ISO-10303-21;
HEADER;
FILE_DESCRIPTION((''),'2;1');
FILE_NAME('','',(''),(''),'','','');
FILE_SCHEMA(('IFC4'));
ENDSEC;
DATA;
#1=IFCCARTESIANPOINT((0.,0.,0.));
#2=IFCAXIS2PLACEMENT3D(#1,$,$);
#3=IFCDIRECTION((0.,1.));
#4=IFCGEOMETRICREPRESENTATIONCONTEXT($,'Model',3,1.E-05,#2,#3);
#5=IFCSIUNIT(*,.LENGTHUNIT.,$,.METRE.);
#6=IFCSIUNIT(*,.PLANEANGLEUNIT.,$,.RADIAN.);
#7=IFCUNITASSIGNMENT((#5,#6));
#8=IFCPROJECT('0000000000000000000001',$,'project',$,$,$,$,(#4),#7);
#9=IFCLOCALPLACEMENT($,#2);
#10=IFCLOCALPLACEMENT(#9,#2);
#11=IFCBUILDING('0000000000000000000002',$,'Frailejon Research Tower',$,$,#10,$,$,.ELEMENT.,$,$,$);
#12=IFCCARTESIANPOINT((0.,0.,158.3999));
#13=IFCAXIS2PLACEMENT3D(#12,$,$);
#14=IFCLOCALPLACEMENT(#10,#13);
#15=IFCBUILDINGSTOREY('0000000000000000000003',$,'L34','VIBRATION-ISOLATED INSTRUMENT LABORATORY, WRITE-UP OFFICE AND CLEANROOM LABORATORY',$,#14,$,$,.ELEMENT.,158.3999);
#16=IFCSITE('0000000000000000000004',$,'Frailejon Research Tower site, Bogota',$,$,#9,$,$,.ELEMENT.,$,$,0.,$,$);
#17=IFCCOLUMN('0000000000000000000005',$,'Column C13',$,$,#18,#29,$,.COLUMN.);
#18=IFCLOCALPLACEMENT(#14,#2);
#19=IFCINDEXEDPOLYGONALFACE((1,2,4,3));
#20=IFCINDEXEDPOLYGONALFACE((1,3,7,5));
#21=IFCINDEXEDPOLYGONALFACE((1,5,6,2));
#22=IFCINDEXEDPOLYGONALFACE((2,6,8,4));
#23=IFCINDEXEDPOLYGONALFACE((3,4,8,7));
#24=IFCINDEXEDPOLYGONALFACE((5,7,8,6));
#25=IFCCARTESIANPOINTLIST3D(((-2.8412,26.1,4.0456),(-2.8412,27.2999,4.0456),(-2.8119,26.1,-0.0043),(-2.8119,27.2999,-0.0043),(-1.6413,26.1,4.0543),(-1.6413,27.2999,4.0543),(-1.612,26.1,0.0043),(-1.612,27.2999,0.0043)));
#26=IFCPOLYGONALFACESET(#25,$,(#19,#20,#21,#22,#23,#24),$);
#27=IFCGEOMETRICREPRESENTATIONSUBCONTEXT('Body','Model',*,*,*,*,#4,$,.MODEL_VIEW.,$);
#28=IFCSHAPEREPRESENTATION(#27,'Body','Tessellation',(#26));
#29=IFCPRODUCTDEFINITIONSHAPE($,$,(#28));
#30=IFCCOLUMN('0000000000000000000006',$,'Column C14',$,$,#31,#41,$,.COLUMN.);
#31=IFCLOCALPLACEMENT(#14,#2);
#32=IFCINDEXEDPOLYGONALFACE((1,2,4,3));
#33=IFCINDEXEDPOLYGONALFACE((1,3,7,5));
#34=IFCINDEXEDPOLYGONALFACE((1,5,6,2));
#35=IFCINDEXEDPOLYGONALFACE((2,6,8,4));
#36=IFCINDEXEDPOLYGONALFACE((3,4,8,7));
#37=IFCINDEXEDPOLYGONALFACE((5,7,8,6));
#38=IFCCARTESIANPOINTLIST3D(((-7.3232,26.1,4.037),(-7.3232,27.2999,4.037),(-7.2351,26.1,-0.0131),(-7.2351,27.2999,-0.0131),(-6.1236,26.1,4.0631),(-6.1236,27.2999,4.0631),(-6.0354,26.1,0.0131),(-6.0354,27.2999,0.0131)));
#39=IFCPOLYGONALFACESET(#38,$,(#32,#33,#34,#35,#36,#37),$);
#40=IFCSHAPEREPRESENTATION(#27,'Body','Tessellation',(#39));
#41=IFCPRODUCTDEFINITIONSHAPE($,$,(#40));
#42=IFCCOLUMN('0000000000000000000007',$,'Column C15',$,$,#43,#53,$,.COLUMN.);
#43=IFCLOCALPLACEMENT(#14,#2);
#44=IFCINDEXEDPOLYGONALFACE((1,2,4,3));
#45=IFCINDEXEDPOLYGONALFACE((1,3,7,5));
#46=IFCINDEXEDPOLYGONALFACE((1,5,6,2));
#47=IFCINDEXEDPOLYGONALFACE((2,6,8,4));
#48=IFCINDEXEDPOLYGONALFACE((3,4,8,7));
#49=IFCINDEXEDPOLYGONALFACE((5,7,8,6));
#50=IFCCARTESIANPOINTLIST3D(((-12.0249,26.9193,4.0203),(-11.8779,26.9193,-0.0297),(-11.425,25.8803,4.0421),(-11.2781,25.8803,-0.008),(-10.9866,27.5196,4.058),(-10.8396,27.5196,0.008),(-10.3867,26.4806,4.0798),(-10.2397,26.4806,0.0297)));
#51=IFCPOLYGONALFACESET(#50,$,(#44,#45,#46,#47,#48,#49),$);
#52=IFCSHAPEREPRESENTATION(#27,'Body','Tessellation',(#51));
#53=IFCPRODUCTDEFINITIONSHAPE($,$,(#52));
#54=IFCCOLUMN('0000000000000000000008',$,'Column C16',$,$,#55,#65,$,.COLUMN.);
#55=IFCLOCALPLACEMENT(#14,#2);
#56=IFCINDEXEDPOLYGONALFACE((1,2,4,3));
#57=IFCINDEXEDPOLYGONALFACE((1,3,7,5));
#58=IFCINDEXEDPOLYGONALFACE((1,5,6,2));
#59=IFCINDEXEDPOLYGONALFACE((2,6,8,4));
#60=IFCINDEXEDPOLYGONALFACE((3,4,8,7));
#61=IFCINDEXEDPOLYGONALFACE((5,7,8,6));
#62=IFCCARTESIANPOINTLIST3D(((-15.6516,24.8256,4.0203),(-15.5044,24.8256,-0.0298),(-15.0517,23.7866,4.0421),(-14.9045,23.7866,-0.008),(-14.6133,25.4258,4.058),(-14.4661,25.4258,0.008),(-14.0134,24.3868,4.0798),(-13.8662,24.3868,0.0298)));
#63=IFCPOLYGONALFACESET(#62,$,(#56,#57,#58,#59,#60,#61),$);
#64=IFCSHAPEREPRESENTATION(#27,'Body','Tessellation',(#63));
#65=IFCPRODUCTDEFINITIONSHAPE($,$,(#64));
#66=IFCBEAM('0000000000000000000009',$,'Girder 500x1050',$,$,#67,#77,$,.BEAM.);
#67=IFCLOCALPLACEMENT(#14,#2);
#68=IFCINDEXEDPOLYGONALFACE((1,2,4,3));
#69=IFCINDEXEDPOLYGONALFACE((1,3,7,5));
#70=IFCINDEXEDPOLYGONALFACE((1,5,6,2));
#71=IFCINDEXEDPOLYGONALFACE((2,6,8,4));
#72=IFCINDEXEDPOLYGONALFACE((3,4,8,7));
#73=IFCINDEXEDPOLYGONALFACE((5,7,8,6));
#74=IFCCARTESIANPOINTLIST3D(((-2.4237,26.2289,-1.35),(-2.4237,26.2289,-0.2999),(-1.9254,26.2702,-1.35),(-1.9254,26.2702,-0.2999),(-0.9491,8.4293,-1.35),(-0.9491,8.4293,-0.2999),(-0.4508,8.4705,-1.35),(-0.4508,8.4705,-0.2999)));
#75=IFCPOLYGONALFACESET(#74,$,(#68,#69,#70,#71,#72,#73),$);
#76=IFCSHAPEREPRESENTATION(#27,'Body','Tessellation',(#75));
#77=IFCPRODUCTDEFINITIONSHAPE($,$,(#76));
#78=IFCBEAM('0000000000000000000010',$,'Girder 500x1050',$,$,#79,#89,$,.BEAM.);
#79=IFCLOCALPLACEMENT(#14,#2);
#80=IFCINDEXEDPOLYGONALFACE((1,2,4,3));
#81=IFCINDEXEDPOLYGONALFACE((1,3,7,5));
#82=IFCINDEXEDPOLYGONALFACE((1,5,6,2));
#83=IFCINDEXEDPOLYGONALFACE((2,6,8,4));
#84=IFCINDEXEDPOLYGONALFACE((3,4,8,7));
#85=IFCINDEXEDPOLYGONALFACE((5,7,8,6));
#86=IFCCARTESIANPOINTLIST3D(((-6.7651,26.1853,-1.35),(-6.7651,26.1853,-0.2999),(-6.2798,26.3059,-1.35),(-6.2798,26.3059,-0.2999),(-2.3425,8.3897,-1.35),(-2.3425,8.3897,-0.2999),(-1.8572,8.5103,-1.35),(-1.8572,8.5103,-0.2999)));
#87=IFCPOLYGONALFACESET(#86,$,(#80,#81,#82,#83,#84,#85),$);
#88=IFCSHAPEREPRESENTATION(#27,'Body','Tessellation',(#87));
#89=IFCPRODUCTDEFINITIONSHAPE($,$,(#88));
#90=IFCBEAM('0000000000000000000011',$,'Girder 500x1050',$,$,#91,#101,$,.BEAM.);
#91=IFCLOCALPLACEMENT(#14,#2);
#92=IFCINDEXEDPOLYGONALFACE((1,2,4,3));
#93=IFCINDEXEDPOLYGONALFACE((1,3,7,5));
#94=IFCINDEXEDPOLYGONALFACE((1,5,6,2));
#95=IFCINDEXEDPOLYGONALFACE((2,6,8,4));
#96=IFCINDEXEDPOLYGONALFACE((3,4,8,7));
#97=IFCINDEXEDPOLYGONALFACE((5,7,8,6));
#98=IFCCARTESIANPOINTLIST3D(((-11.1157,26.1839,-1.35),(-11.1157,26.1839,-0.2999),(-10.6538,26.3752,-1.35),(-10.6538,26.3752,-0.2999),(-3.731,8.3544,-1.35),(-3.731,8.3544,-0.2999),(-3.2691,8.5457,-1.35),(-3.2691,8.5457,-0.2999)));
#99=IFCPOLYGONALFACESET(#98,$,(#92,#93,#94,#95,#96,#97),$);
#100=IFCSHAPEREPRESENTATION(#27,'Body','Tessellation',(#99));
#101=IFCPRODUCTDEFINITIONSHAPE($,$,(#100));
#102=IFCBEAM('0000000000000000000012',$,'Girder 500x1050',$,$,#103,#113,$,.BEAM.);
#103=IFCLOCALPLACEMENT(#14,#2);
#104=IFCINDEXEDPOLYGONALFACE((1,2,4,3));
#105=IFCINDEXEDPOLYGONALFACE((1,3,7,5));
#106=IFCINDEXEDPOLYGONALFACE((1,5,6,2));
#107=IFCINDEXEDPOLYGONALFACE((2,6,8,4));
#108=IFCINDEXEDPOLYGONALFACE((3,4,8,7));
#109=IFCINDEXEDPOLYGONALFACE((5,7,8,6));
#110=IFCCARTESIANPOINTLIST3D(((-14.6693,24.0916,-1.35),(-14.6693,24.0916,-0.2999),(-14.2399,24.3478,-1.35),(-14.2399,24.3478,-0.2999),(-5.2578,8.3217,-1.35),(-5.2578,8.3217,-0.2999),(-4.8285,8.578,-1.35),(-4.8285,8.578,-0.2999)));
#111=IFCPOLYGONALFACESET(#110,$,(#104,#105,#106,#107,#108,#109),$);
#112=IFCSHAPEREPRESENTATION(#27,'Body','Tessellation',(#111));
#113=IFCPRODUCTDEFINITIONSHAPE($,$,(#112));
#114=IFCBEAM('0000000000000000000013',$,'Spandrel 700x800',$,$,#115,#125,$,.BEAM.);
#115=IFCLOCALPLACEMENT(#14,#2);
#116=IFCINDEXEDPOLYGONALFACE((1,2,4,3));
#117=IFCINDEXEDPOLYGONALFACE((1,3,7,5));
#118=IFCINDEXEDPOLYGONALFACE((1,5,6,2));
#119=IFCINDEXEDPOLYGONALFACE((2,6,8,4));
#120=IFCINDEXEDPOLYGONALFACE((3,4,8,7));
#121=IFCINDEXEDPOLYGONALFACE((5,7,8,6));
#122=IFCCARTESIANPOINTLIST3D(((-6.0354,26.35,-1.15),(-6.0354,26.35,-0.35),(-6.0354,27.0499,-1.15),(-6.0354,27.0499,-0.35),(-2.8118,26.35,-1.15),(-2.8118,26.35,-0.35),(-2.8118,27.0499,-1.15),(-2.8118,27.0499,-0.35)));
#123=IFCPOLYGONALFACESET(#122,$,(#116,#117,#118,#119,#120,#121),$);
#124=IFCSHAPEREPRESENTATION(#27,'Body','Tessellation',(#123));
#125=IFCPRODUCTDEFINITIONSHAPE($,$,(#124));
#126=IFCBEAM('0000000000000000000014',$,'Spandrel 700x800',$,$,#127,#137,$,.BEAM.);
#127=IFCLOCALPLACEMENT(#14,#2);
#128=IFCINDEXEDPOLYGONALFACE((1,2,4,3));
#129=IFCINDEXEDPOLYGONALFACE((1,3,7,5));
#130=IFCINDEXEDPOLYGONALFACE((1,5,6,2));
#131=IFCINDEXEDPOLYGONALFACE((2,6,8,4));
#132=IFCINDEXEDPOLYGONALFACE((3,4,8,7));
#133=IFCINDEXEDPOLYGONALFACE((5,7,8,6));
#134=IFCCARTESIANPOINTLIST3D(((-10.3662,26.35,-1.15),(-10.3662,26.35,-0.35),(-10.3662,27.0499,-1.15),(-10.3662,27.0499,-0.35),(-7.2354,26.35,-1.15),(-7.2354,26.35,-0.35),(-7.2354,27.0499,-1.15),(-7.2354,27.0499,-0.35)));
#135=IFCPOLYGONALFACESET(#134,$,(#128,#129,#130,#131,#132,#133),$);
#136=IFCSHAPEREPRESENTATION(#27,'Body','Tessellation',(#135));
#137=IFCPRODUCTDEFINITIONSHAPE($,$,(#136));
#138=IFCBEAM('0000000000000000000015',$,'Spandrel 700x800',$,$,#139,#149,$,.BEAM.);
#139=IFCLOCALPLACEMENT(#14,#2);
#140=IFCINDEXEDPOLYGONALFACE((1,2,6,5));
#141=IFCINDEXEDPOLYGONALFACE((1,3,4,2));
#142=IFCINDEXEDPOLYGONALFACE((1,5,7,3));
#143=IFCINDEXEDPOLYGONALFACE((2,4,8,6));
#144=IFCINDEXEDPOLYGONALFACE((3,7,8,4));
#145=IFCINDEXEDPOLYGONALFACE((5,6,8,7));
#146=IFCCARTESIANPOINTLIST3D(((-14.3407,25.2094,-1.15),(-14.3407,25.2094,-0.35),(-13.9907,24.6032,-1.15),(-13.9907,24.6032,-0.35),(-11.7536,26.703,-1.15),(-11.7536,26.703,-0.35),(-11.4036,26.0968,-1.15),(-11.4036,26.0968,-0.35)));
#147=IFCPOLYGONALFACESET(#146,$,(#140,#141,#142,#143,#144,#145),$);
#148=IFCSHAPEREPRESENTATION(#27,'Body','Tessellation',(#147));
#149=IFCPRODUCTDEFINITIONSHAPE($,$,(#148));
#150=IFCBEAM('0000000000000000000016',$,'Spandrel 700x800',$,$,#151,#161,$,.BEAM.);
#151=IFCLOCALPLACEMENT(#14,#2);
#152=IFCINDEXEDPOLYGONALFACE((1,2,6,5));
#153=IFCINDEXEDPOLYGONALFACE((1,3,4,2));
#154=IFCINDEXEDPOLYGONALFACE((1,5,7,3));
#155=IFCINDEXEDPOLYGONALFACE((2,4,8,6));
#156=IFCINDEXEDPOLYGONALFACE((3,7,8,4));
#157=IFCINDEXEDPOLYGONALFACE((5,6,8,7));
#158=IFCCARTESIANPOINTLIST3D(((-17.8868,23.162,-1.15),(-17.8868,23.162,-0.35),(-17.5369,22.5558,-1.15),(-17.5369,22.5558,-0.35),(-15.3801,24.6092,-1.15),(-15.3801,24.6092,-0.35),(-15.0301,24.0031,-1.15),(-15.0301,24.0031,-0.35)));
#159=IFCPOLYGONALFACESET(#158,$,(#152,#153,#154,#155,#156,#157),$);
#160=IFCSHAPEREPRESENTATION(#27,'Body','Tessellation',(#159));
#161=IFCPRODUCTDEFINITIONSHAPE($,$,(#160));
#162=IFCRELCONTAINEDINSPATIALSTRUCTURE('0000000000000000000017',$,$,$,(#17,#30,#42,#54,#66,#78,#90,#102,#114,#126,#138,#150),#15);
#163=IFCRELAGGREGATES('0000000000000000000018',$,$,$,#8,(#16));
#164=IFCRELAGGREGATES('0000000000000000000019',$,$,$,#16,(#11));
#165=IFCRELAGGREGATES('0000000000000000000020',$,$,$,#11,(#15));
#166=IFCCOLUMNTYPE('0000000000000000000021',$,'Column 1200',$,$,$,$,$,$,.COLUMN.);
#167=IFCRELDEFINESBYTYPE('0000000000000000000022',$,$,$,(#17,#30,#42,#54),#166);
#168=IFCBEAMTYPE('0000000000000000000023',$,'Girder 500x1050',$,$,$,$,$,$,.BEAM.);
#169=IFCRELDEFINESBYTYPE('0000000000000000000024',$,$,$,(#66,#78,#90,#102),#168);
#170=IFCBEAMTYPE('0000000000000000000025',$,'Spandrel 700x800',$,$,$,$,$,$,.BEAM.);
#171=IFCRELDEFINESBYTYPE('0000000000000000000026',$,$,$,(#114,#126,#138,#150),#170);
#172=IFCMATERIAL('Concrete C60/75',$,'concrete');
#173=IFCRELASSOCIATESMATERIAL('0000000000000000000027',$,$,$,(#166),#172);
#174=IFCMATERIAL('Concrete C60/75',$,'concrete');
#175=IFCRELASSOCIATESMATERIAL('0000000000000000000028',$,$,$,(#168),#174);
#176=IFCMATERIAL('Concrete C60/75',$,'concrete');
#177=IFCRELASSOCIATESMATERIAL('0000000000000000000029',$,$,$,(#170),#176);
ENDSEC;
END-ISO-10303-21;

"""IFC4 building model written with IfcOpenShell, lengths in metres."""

from ifc_helpers import new_model, si_unit, direction, frame, origin, origin_2d, place, context, subcontext, project, spatial, rectangle, extrude, material, material_profile, profile_set, type_object, element, save


model = new_model("IFC4")

# Units and contexts
model_context = context("Model", 3, precision=1e-05, world=origin(), true_north=direction((0.0, 1.0)))
body_context = subcontext(model_context, "Body", "Model", "MODEL_VIEW")
ifc_project = project(units=[si_unit("LENGTHUNIT", "METRE"), si_unit("PLANEANGLEUNIT", "RADIAN")], contexts=[model_context])

# Site, building, storey
site_placement = place(None, origin())
site = spatial("IfcSite", under=ifc_project, at=site_placement, Name="Frailejon Research Tower site, Bogota", CompositionType="ELEMENT", RefElevation=0.0)
building_placement = place(site_placement, origin())
building = spatial("IfcBuilding", under=site, at=building_placement, Name="Frailejon Research Tower", CompositionType="ELEMENT")
storey_placement = place(building_placement, frame((0.0, 0.0, 158.3999)))
storey = spatial("IfcBuildingStorey", under=building, at=storey_placement, Name="L34", Description="VIBRATION-ISOLATED INSTRUMENT LABORATORY, WRITE-UP OFFICE AND CLEANROOM LABORATORY", CompositionType="ELEMENT", Elevation=158.3999)

# Columns
ifc_material_1 = material(Name="Concrete C60/75", Category="concrete")
ifc_material_profile_1 = material_profile(ifc_material_1, rectangle(XDim=1.2, YDim=1.2, at=origin_2d()), Name="Column 1200")
ifc_profile_set_1 = profile_set([ifc_material_profile_1], Name="Concrete C60/75")
column_type = type_object("IfcColumnType", Name="Column 1200", PredefinedType="COLUMN", material=ifc_profile_set_1)
column_1_placement = place(storey_placement, frame((-2.2119, 26.7, 0.0), z_axis=(-0.007234, 0.0, 0.999974), x_axis=(-0.999974, 0.0, -0.007234)))
element("IfcColumn", 1, at=column_1_placement, inside=storey, type_object=column_type, Name="Column C13", PredefinedType="COLUMN", context=body_context, shape_type="SweptSolid", body=[
    extrude(rectangle(XDim=1.2, YDim=1.2, at=origin_2d()), origin(), (0.0, 0.0, 1.0), 4.05),
])
column_2_placement = place(storey_placement, frame((-6.6353, 26.7, 0.0), z_axis=(-0.021756, 0.0, 0.999763), x_axis=(-0.999763, 0.0, -0.021756)))
element("IfcColumn", 2, at=column_2_placement, inside=storey, type_object=column_type, Name="Column C14", PredefinedType="COLUMN", context=body_context, shape_type="SweptSolid", body=[
    extrude(rectangle(XDim=1.2, YDim=1.2, at=origin_2d()), origin(), (0.0, 0.0, 1.0), 4.051),
])
for number, where, z_axis, x_axis, name in (
    (3, (-11.0588, 26.7, 0.0), (-0.036265, 0.0, 0.999342), (-0.865314, -0.500246, -0.031401), "Column C15"),
    (4, (-14.6853, 24.6062, 0.0), (-0.036325, 0.0, 0.99934), (-0.865312, -0.500246, -0.031454), "Column C16"),
):
    element("IfcColumn", number, at=place(storey_placement, frame(where, z_axis=z_axis, x_axis=x_axis)), inside=storey, type_object=column_type, Name=name, PredefinedType="COLUMN", context=body_context, shape_type="SweptSolid", body=[
        extrude(rectangle(XDim=1.2, YDim=1.2, at=origin_2d()), origin(), (0.0, 0.0, 1.0), 4.0527),
    ])

# Beams
ifc_material_2 = material(Name="Concrete C60/75", Category="concrete")
ifc_material_profile_2 = material_profile(ifc_material_2, rectangle(XDim=0.5, YDim=1.05, at=origin_2d()), Name="Girder 500x1050")
ifc_profile_set_2 = profile_set([ifc_material_profile_2], Name="Concrete C60/75")
beam_type_1 = type_object("IfcBeamType", Name="Girder 500x1050", PredefinedType="BEAM", material=ifc_profile_set_2)
beam_1_placement = place(storey_placement, frame((-2.1746, 26.2495, -0.825), z_axis=(0.082562, -0.996586, 0.0), x_axis=(0.996586, 0.082562, 0.0)))
element("IfcBeam", 5, at=beam_1_placement, inside=storey, type_object=beam_type_1, Name="Girder 500x1050", PredefinedType="BEAM", context=body_context, shape_type="SweptSolid", body=[
    extrude(rectangle(XDim=0.5, YDim=1.05, at=origin_2d()), origin(), (0.0, 0.0, 1.0), 17.8606),
])
beam_2_placement = place(storey_placement, frame((-6.5225, 26.2456, -0.825), z_axis=(0.241185, -0.970479, 0.0), x_axis=(0.970479, 0.241185, 0.0)))
element("IfcBeam", 6, at=beam_2_placement, inside=storey, type_object=beam_type_1, Name="Girder 500x1050", PredefinedType="BEAM", context=body_context, shape_type="SweptSolid", body=[
    extrude(rectangle(XDim=0.5, YDim=1.05, at=origin_2d()), origin(), (0.0, 0.0, 1.0), 18.3369),
])
beam_3_placement = place(storey_placement, frame((-10.8848, 26.2795, -0.825), z_axis=(0.382662, -0.923889, 0.0), x_axis=(0.923889, 0.382662, 0.0)))
element("IfcBeam", 7, at=beam_3_placement, inside=storey, type_object=beam_type_1, Name="Girder 500x1050", PredefinedType="BEAM", context=body_context, shape_type="SweptSolid", body=[
    extrude(rectangle(XDim=0.5, YDim=1.05, at=origin_2d()), origin(), (0.0, 0.0, 1.0), 19.2983),
])
beam_4_placement = place(storey_placement, frame((-14.4546, 24.2197, -0.825), z_axis=(0.512473, -0.858703, 0.0), x_axis=(0.858703, 0.512473, 0.0)))
element("IfcBeam", 8, at=beam_4_placement, inside=storey, type_object=beam_type_1, Name="Girder 500x1050", PredefinedType="BEAM", context=body_context, shape_type="SweptSolid", body=[
    extrude(rectangle(XDim=0.5, YDim=1.05, at=origin_2d()), origin(), (0.0, 0.0, 1.0), 18.3647),
])
ifc_material_3 = material(Name="Concrete C60/75", Category="concrete")
ifc_material_profile_3 = material_profile(ifc_material_3, rectangle(XDim=0.7, YDim=0.8, at=origin_2d()), Name="Spandrel 700x800")
ifc_profile_set_3 = profile_set([ifc_material_profile_3], Name="Concrete C60/75")
beam_type_2 = type_object("IfcBeamType", Name="Spandrel 700x800", PredefinedType="BEAM", material=ifc_profile_set_3)
beam_5_placement = place(storey_placement, frame((-2.8118, 26.7, -0.75), z_axis=(-1.0, 0.0, 0.0), x_axis=(0.0, -1.0, 0.0)))
element("IfcBeam", 9, at=beam_5_placement, inside=storey, type_object=beam_type_2, Name="Spandrel 700x800", PredefinedType="BEAM", context=body_context, shape_type="SweptSolid", body=[
    extrude(rectangle(XDim=0.7, YDim=0.8, at=origin_2d()), origin(), (0.0, 0.0, 1.0), 3.2236),
])
beam_6_placement = place(storey_placement, frame((-7.2354, 26.7, -0.75), z_axis=(-1.0, 0.0, 0.0), x_axis=(0.0, -1.0, 0.0)))
element("IfcBeam", 10, at=beam_6_placement, inside=storey, type_object=beam_type_2, Name="Spandrel 700x800", PredefinedType="BEAM", context=body_context, shape_type="SweptSolid", body=[
    extrude(rectangle(XDim=0.7, YDim=0.8, at=origin_2d()), origin(), (0.0, 0.0, 1.0), 3.1309),
])
beam_7_placement = place(storey_placement, frame((-11.5786, 26.3999, -0.75), z_axis=(-0.866032, -0.499989, 0.0), x_axis=(0.499989, -0.866032, 0.0)))
element("IfcBeam", 11, at=beam_7_placement, inside=storey, type_object=beam_type_2, Name="Spandrel 700x800", PredefinedType="BEAM", context=body_context, shape_type="SweptSolid", body=[
    extrude(rectangle(XDim=0.7, YDim=0.8, at=origin_2d()), origin(), (0.0, 0.0, 1.0), 2.9873),
])
beam_8_placement = place(storey_placement, frame((-15.2051, 24.3062, -0.75), z_axis=(-0.866034, -0.499985, 0.0), x_axis=(0.499985, -0.866034, 0.0)))
element("IfcBeam", 12, at=beam_8_placement, inside=storey, type_object=beam_type_2, Name="Spandrel 700x800", PredefinedType="BEAM", context=body_context, shape_type="SweptSolid", body=[
    extrude(rectangle(XDim=0.7, YDim=0.8, at=origin_2d()), origin(), (0.0, 0.0, 1.0), 2.8945),
])

save(model, "model.ifc")
